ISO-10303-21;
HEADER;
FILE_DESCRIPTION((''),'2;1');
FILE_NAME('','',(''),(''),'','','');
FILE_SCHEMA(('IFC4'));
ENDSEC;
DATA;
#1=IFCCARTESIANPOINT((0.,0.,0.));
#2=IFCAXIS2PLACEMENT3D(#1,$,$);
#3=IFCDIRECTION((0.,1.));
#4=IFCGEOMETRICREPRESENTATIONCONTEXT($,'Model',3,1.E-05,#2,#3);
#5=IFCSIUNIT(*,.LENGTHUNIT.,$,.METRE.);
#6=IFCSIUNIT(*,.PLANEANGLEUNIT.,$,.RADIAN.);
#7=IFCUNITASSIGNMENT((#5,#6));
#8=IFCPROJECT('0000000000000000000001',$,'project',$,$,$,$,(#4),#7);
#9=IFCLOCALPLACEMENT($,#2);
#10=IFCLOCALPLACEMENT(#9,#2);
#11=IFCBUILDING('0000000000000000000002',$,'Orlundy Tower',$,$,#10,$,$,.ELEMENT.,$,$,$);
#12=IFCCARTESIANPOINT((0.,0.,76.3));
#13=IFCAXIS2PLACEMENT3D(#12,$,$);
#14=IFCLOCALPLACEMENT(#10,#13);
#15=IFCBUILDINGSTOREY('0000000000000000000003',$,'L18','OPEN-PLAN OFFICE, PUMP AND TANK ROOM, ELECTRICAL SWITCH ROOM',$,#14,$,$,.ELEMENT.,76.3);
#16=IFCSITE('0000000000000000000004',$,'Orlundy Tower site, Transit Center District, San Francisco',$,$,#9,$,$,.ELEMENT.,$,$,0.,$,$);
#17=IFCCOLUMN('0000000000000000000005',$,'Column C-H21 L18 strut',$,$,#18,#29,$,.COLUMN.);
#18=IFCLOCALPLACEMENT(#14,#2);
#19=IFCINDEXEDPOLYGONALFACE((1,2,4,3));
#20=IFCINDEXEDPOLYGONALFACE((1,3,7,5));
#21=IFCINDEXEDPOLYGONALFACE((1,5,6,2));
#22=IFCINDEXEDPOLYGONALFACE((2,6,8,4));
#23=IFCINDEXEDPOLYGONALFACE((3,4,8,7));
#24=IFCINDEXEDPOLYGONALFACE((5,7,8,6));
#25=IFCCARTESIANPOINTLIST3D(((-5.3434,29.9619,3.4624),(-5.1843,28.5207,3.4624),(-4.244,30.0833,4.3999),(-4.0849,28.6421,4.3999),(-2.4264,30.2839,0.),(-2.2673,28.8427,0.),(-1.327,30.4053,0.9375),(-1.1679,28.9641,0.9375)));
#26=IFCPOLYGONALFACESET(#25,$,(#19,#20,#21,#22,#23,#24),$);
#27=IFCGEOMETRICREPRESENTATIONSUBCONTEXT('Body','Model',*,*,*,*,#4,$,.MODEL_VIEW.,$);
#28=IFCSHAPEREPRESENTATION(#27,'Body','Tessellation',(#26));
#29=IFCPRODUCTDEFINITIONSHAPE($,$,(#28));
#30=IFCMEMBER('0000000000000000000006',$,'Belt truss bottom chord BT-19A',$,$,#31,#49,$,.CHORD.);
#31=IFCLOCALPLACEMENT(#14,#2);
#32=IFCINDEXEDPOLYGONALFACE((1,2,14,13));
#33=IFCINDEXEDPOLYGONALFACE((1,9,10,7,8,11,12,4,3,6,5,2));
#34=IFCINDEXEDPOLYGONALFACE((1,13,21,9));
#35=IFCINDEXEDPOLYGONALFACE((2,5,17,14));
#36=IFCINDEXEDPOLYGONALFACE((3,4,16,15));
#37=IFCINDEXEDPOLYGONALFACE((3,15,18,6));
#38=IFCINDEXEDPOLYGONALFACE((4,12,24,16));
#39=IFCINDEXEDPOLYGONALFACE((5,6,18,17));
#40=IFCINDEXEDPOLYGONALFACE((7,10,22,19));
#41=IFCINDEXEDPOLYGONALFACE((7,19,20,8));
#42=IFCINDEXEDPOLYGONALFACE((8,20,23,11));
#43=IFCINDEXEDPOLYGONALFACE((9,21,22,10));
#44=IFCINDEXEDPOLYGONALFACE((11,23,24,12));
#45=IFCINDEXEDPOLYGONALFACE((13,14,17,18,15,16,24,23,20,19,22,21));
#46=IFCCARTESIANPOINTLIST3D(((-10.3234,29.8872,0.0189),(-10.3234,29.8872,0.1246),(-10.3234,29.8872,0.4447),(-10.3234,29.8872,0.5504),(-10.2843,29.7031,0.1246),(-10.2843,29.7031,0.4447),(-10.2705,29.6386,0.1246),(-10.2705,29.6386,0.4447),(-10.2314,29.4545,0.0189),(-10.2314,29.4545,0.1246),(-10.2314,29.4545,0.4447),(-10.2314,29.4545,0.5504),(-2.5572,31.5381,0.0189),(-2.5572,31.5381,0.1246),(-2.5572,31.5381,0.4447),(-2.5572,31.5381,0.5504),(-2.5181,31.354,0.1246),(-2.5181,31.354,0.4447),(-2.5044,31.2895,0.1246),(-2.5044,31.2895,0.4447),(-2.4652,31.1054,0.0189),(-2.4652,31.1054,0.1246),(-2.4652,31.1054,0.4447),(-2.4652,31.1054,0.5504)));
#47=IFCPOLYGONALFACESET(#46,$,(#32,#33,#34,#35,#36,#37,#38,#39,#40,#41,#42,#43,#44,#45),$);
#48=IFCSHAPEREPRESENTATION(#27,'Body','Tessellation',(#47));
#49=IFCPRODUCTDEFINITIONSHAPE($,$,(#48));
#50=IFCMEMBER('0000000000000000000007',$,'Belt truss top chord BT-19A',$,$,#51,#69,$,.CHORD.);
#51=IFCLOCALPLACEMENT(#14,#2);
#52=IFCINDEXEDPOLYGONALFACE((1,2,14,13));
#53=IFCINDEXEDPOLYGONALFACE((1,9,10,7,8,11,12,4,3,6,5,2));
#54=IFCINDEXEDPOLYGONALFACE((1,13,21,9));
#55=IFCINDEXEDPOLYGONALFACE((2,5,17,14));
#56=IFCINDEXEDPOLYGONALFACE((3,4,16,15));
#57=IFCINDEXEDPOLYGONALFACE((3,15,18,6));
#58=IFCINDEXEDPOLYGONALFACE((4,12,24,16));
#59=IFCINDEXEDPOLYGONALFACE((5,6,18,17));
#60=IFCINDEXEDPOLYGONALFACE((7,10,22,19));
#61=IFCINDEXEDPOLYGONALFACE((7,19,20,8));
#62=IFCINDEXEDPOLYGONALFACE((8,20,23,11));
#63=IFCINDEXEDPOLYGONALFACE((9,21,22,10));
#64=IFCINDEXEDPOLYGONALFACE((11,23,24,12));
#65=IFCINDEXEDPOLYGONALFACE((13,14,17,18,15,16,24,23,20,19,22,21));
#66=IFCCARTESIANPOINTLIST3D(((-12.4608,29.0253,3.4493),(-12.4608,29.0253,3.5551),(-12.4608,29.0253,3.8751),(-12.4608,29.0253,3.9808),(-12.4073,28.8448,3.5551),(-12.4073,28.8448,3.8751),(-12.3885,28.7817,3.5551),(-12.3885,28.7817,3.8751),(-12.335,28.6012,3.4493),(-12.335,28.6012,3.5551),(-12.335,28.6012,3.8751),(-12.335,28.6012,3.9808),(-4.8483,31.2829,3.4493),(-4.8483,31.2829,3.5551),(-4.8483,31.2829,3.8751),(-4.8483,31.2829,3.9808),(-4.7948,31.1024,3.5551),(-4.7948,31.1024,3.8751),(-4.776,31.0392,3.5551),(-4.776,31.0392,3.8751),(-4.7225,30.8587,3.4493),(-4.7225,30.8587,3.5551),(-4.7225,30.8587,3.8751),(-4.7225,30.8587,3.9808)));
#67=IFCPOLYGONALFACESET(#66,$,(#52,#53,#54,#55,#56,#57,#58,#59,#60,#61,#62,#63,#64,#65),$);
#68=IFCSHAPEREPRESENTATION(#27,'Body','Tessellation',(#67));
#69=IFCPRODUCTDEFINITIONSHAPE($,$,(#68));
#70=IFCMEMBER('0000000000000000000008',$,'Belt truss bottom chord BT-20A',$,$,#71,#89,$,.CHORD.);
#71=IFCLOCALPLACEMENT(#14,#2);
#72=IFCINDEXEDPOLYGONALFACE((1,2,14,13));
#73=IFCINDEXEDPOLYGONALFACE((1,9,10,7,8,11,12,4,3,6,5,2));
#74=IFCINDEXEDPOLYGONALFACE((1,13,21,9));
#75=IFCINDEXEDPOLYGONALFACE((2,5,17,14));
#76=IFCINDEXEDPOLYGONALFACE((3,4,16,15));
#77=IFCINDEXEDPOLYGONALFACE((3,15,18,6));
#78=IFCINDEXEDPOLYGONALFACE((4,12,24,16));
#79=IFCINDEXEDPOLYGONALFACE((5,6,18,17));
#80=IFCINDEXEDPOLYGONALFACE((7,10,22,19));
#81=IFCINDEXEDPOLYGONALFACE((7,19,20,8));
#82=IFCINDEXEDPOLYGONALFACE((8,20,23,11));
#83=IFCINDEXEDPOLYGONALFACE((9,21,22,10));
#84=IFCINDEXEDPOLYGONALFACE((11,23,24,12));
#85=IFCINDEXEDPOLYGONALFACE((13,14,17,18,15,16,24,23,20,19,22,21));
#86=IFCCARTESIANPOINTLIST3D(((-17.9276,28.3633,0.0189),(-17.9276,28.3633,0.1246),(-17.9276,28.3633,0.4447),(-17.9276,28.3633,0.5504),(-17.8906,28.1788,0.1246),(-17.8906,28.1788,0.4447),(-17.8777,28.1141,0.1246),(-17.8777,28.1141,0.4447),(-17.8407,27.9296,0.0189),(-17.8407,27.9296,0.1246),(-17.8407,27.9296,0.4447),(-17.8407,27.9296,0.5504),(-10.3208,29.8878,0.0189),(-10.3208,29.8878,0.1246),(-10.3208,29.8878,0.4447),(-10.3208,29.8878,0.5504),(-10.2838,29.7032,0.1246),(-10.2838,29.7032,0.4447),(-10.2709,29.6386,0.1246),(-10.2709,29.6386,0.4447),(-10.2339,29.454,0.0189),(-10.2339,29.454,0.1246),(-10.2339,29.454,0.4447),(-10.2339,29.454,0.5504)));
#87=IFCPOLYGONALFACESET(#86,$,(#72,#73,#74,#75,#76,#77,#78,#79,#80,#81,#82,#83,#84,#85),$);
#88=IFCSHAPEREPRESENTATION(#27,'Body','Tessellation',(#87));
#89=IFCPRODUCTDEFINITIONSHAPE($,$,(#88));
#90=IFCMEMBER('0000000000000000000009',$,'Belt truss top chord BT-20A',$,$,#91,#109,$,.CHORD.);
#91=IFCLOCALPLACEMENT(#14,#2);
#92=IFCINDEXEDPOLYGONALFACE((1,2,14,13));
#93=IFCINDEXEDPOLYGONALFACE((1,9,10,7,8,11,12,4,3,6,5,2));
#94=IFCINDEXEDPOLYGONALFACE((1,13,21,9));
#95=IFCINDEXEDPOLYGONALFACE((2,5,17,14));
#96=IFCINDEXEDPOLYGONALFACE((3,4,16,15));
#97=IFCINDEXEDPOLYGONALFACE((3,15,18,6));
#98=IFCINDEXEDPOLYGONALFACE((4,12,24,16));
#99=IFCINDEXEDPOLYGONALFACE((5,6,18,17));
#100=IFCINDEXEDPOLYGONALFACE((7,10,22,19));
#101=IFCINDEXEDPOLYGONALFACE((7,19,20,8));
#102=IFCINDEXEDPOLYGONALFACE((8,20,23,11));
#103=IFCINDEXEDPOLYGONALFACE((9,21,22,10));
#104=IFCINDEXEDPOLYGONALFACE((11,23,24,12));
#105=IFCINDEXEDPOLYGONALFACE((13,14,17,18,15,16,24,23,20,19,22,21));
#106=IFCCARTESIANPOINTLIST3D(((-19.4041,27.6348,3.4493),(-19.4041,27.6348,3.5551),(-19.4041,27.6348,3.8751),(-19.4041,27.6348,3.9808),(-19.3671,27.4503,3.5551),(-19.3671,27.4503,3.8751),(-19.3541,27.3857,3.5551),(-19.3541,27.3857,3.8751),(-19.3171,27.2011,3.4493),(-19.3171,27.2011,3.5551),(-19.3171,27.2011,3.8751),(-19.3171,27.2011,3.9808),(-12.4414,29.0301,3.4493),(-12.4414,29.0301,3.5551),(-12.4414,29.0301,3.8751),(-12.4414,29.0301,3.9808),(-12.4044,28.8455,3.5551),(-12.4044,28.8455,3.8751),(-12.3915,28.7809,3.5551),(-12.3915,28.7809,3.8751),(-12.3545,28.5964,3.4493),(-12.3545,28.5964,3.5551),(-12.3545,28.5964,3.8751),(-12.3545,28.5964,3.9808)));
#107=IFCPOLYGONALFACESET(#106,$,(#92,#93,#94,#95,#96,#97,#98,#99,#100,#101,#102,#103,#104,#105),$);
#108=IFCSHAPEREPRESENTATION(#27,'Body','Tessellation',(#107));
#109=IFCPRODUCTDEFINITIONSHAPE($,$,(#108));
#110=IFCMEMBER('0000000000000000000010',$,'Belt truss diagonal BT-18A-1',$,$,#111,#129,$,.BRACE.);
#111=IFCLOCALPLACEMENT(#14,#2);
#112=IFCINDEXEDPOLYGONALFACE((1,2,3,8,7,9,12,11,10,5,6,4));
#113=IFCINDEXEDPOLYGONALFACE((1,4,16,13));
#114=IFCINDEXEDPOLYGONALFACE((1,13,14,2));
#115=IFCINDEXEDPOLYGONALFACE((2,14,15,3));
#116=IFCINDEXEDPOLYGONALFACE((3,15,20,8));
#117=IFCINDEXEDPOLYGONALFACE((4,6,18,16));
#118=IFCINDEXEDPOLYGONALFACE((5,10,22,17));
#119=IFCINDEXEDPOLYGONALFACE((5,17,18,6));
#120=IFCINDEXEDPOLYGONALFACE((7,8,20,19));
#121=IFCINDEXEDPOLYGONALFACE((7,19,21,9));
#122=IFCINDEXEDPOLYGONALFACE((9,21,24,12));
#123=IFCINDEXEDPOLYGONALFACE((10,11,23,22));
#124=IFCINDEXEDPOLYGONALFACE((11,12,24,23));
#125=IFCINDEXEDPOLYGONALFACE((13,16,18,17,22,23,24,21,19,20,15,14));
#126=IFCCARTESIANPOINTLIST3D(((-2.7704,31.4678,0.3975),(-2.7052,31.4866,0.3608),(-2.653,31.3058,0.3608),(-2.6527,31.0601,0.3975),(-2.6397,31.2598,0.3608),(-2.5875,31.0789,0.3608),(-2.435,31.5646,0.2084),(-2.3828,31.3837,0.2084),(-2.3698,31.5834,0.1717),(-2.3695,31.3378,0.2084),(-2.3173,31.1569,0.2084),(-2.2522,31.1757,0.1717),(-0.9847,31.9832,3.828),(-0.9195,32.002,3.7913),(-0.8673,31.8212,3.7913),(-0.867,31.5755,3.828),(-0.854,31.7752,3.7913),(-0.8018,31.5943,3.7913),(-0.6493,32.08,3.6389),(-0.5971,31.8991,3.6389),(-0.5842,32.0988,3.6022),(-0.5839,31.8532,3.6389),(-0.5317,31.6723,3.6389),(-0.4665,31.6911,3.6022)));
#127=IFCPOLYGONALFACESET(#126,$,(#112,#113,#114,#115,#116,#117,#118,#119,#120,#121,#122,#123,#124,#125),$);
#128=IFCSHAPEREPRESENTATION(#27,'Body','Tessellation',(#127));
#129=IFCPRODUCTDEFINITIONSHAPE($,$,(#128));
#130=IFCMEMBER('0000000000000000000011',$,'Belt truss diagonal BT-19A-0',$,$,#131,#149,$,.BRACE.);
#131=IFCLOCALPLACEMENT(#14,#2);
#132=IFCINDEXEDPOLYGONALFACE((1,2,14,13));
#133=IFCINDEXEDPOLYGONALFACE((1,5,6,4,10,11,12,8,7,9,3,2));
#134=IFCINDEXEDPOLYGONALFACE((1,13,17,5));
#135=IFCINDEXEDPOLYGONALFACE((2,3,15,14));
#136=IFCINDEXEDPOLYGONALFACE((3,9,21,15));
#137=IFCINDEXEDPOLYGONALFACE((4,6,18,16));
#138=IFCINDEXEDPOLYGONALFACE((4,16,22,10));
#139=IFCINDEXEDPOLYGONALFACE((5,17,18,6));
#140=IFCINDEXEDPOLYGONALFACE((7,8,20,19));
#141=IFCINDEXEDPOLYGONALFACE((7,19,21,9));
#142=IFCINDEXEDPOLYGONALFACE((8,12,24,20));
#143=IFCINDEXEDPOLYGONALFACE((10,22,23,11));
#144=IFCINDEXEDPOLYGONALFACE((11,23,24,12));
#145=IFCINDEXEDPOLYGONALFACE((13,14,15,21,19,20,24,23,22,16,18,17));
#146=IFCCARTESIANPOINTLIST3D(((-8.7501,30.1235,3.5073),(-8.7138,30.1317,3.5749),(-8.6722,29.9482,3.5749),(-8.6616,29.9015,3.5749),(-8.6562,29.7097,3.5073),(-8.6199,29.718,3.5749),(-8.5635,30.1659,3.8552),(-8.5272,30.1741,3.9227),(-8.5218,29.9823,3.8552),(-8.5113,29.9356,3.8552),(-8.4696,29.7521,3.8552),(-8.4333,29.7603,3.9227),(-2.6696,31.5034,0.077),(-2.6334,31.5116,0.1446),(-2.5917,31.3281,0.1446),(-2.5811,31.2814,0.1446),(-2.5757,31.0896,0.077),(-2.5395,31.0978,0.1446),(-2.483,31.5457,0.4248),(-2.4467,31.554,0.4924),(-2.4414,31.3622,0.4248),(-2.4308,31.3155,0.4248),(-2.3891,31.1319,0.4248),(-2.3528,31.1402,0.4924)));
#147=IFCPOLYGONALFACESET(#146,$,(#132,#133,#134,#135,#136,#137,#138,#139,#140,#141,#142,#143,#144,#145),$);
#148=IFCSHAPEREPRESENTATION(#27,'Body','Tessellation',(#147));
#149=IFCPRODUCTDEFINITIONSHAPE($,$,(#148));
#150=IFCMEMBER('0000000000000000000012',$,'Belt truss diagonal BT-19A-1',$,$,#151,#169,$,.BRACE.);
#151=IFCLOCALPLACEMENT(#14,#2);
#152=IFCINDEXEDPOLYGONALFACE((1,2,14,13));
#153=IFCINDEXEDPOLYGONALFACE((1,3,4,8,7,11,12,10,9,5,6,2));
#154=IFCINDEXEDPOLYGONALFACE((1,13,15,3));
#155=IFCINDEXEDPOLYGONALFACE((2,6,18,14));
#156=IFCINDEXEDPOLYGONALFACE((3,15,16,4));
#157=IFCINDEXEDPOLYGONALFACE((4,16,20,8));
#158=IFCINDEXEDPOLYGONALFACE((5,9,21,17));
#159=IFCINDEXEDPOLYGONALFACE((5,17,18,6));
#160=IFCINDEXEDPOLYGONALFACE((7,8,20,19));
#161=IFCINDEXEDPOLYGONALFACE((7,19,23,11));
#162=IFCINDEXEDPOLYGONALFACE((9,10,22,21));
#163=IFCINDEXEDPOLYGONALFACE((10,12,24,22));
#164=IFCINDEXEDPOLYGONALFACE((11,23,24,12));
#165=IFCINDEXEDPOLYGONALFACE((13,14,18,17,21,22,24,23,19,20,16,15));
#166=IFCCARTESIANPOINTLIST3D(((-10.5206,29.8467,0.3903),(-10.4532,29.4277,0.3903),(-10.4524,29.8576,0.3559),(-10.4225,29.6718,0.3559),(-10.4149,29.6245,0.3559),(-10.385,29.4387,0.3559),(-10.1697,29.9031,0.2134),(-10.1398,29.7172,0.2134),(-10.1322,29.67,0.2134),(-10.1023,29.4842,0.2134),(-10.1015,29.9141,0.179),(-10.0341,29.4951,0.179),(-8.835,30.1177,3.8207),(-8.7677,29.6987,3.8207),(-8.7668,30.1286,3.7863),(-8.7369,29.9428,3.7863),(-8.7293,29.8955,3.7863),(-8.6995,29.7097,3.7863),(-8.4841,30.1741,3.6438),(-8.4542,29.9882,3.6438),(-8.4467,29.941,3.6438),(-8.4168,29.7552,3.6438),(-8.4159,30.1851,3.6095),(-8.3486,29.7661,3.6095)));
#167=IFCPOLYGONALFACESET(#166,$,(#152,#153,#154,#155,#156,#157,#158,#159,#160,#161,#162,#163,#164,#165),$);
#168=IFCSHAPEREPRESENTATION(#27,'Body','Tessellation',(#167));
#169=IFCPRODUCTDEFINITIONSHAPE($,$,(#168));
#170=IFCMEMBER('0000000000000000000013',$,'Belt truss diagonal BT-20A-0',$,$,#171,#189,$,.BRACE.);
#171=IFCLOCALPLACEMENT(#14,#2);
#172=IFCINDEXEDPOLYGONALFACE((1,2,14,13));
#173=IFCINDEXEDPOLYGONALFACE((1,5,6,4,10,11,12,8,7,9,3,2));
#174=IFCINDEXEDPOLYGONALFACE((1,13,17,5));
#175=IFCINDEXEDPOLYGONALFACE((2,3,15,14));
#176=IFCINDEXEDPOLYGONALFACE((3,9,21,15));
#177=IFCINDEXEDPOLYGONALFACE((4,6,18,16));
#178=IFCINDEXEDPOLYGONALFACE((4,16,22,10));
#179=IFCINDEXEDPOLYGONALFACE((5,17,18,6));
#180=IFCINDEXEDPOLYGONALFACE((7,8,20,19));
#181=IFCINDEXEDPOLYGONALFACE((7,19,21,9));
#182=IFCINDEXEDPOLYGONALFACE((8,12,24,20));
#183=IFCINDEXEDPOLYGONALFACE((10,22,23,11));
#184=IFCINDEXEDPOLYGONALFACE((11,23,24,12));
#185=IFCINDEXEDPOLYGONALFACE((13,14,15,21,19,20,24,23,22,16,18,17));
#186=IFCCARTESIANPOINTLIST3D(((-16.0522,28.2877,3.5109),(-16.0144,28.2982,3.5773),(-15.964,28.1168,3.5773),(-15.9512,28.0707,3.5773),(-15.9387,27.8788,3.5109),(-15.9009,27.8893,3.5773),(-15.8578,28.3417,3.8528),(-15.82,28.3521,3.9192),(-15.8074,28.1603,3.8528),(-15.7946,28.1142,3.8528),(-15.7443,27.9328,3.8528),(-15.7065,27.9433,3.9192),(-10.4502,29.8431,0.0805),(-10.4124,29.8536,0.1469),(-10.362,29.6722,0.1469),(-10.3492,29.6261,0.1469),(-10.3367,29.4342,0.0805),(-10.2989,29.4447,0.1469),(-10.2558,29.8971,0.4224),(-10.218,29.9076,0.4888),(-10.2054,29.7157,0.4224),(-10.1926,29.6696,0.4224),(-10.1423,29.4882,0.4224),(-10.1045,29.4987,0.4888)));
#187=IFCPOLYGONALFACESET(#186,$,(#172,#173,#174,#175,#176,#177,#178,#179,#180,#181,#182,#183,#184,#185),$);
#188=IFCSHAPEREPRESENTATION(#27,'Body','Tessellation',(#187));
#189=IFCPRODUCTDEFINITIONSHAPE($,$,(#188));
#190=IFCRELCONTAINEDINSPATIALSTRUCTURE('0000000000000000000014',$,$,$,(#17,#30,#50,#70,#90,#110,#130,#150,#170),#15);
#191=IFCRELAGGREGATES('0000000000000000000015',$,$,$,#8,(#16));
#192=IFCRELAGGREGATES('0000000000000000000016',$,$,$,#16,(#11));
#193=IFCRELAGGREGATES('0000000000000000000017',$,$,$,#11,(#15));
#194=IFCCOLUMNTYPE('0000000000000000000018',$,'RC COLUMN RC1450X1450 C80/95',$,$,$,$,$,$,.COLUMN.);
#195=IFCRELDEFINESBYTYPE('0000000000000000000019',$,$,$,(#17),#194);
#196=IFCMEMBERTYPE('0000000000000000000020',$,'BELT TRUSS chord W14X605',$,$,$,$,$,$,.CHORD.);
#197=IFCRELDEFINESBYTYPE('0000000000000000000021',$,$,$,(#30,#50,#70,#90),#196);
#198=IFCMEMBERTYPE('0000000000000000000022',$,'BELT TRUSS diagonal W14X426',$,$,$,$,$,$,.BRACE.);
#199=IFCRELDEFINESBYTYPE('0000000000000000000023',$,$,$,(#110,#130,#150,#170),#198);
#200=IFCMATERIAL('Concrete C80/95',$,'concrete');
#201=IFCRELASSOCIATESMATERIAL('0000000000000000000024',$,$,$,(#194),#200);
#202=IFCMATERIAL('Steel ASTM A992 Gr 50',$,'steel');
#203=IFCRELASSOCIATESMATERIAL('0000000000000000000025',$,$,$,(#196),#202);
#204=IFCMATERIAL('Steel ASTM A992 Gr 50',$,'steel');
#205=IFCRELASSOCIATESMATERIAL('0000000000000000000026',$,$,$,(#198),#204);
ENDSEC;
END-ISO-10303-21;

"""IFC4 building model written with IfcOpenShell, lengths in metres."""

from ifc_helpers import new_model, si_unit, direction, frame, origin, origin_2d, place, context, subcontext, project, spatial, rectangle, i_section, extrude, material, material_profile, profile_set, type_object, element, save


model = new_model("IFC4")

# Units and contexts
model_context = context("Model", 3, precision=1e-05, world=origin(), true_north=direction((0.0, 1.0)))
body_context = subcontext(model_context, "Body", "Model", "MODEL_VIEW")
ifc_project = project(units=[si_unit("LENGTHUNIT", "METRE"), si_unit("PLANEANGLEUNIT", "RADIAN")], contexts=[model_context])

# Site, building, storey
site_placement = place(None, origin())
site = spatial("IfcSite", under=ifc_project, at=site_placement, Name="Orlundy Tower site, Transit Center District, San Francisco", CompositionType="ELEMENT", RefElevation=0.0)
building_placement = place(site_placement, origin())
building = spatial("IfcBuilding", under=site, at=building_placement, Name="Orlundy Tower", CompositionType="ELEMENT")
storey_placement = place(building_placement, frame((0.0, 0.0, 76.3)))
storey = spatial("IfcBuildingStorey", under=building, at=storey_placement, Name="L18", Description="OPEN-PLAN OFFICE, PUMP AND TANK ROOM, ELECTRICAL SWITCH ROOM", CompositionType="ELEMENT", Elevation=76.3)

# Column
ifc_material_1 = material(Name="Concrete C80/95", Category="concrete")
ifc_material_profile_1 = material_profile(ifc_material_1, rectangle(XDim=1.45, YDim=1.45, at=origin_2d()), Name="RC1450X1450")
ifc_profile_set_1 = profile_set([ifc_material_profile_1], Name="Concrete C80/95")
column_type = type_object("IfcColumnType", Name="RC COLUMN RC1450X1450 C80/95", PredefinedType="COLUMN", material=ifc_profile_set_1)
column_placement = place(storey_placement, frame((-1.7971, 29.624, 0.4688), z_axis=(-0.642678, -0.070948, 0.762844), x_axis=(0.109728, -0.993962, 0.0)))
element("IfcColumn", 1, at=column_placement, inside=storey, type_object=column_type, Name="Column C-H21 L18 strut", PredefinedType="COLUMN", context=body_context, shape_type="SweptSolid", body=[
    extrude(rectangle(XDim=1.45, YDim=1.45, at=origin_2d()), origin(), (0.0, 0.0, 1.0), 4.5388),
])

# Members
ifc_material_2 = material(Name="Steel ASTM A992 Gr 50", Category="steel")
ifc_material_profile_2 = material_profile(ifc_material_2, i_section(OverallWidth=0.4424, OverallDepth=0.5315, WebThickness=0.0659, FlangeThickness=0.1057, at=origin_2d()), Name="W14X605")
ifc_profile_set_2 = profile_set([ifc_material_profile_2], Name="Steel ASTM A992 Gr 50")
member_type_1 = type_object("IfcMemberType", Name="BELT TRUSS chord W14X605", PredefinedType="CHORD", material=ifc_profile_set_2)
member_1_placement = place(storey_placement, frame((-2.5112, 31.3218, 0.2847), z_axis=(-0.978144, -0.207929, 0.0), x_axis=(0.207929, -0.978144, 0.0)))
element("IfcMember", 2, at=member_1_placement, inside=storey, type_object=member_type_1, Name="Belt truss bottom chord BT-19A", PredefinedType="CHORD", context=body_context, shape_type="SweptSolid", body=[
    extrude(i_section(OverallWidth=0.4424, OverallDepth=0.5315, WebThickness=0.0659, FlangeThickness=0.1057, at=origin_2d()), origin(), (0.0, 0.0, 1.0), 7.9397),
])
member_2_placement = place(storey_placement, frame((-4.7854, 31.0708, 3.7151), z_axis=(-0.95873, -0.28432, 0.0), x_axis=(0.28432, -0.95873, 0.0)))
element("IfcMember", 3, at=member_2_placement, inside=storey, type_object=member_type_1, Name="Belt truss top chord BT-19A", PredefinedType="CHORD", context=body_context, shape_type="SweptSolid", body=[
    extrude(i_section(OverallWidth=0.4424, OverallDepth=0.5315, WebThickness=0.0659, FlangeThickness=0.1057, at=origin_2d()), origin(), (0.0, 0.0, 1.0), 7.9402),
])
member_3_placement = place(storey_placement, frame((-10.2773, 29.6709, 0.2847), z_axis=(-0.980504, -0.196497, 0.0), x_axis=(0.196497, -0.980504, 0.0)))
element("IfcMember", 4, at=member_3_placement, inside=storey, type_object=member_type_1, Name="Belt truss bottom chord BT-20A", PredefinedType="CHORD", context=body_context, shape_type="SweptSolid", body=[
    extrude(i_section(OverallWidth=0.4424, OverallDepth=0.5315, WebThickness=0.0659, FlangeThickness=0.1057, at=origin_2d()), origin(), (0.0, 0.0, 1.0), 7.7581),
])
member_4_placement = place(storey_placement, frame((-12.3979, 28.8132, 3.7151), z_axis=(-0.980507, -0.196486, 0.0), x_axis=(0.196486, -0.980507, 0.0)))
element("IfcMember", 5, at=member_4_placement, inside=storey, type_object=member_type_1, Name="Belt truss top chord BT-20A", PredefinedType="CHORD", context=body_context, shape_type="SweptSolid", body=[
    extrude(i_section(OverallWidth=0.4424, OverallDepth=0.5315, WebThickness=0.0659, FlangeThickness=0.1057, at=origin_2d()), origin(), (0.0, 0.0, 1.0), 7.1011),
])
ifc_material_3 = material(Name="Steel ASTM A992 Gr 50", Category="steel")
ifc_material_profile_3 = material_profile(ifc_material_3, i_section(OverallWidth=0.4243, OverallDepth=0.4741, WebThickness=0.0479, FlangeThickness=0.0771, at=origin_2d()), Name="W14X426")
ifc_profile_set_3 = profile_set([ifc_material_profile_3], Name="Steel ASTM A992 Gr 50")
member_type_2 = type_object("IfcMemberType", Name="BELT TRUSS diagonal W14X426", PredefinedType="BRACE", material=ifc_profile_set_3)
member_5_placement = place(storey_placement, frame((-0.7256, 31.8372, 3.7151), z_axis=(-0.457678, -0.132097, -0.87925), x_axis=(0.277305, -0.960782, 0.0)))
element("IfcMember", 6, at=member_5_placement, inside=storey, type_object=member_type_2, Name="Belt truss diagonal BT-18A-1", PredefinedType="BRACE", context=body_context, shape_type="SweptSolid", body=[
    extrude(i_section(OverallWidth=0.4243, OverallDepth=0.4741, WebThickness=0.0479, FlangeThickness=0.0771, at=origin_2d()), origin(), (0.0, 0.0, 1.0), 3.9016),
])
member_6_placement = place(storey_placement, frame((-2.5112, 31.3218, 0.2847), z_axis=(-0.854427, -0.193898, 0.482035), x_axis=(0.221306, -0.975204, 0.0)))
element("IfcMember", 7, at=member_6_placement, inside=storey, type_object=member_type_2, Name="Belt truss diagonal BT-19A-0", PredefinedType="BRACE", context=body_context, shape_type="SweptSolid", body=[
    extrude(i_section(OverallWidth=0.4243, OverallDepth=0.4741, WebThickness=0.0479, FlangeThickness=0.0771, at=origin_2d()), origin(), (0.0, 0.0, 1.0), 7.1165),
])
member_7_placement = place(storey_placement, frame((-8.5918, 29.9419, 3.7151), z_axis=(-0.43989, -0.070724, -0.895263), x_axis=(0.158738, -0.987321, 0.0)))
element("IfcMember", 8, at=member_7_placement, inside=storey, type_object=member_type_2, Name="Belt truss diagonal BT-19A-1", PredefinedType="BRACE", context=body_context, shape_type="SweptSolid", body=[
    extrude(i_section(OverallWidth=0.4243, OverallDepth=0.4741, WebThickness=0.0479, FlangeThickness=0.0771, at=origin_2d()), origin(), (0.0, 0.0, 1.0), 3.8318),
])
member_8_placement = place(storey_placement, frame((-10.2773, 29.6709, 0.2847), z_axis=(-0.829864, -0.230413, 0.508168), x_axis=(0.267531, -0.963549, 0.0)))
element("IfcMember", 9, at=member_8_placement, inside=storey, type_object=member_type_2, Name="Belt truss diagonal BT-20A-0", PredefinedType="BRACE", context=body_context, shape_type="SweptSolid", body=[
    extrude(i_section(OverallWidth=0.4243, OverallDepth=0.4741, WebThickness=0.0479, FlangeThickness=0.0771, at=origin_2d()), origin(), (0.0, 0.0, 1.0), 6.7505),
])

save(model, "model.ifc")
